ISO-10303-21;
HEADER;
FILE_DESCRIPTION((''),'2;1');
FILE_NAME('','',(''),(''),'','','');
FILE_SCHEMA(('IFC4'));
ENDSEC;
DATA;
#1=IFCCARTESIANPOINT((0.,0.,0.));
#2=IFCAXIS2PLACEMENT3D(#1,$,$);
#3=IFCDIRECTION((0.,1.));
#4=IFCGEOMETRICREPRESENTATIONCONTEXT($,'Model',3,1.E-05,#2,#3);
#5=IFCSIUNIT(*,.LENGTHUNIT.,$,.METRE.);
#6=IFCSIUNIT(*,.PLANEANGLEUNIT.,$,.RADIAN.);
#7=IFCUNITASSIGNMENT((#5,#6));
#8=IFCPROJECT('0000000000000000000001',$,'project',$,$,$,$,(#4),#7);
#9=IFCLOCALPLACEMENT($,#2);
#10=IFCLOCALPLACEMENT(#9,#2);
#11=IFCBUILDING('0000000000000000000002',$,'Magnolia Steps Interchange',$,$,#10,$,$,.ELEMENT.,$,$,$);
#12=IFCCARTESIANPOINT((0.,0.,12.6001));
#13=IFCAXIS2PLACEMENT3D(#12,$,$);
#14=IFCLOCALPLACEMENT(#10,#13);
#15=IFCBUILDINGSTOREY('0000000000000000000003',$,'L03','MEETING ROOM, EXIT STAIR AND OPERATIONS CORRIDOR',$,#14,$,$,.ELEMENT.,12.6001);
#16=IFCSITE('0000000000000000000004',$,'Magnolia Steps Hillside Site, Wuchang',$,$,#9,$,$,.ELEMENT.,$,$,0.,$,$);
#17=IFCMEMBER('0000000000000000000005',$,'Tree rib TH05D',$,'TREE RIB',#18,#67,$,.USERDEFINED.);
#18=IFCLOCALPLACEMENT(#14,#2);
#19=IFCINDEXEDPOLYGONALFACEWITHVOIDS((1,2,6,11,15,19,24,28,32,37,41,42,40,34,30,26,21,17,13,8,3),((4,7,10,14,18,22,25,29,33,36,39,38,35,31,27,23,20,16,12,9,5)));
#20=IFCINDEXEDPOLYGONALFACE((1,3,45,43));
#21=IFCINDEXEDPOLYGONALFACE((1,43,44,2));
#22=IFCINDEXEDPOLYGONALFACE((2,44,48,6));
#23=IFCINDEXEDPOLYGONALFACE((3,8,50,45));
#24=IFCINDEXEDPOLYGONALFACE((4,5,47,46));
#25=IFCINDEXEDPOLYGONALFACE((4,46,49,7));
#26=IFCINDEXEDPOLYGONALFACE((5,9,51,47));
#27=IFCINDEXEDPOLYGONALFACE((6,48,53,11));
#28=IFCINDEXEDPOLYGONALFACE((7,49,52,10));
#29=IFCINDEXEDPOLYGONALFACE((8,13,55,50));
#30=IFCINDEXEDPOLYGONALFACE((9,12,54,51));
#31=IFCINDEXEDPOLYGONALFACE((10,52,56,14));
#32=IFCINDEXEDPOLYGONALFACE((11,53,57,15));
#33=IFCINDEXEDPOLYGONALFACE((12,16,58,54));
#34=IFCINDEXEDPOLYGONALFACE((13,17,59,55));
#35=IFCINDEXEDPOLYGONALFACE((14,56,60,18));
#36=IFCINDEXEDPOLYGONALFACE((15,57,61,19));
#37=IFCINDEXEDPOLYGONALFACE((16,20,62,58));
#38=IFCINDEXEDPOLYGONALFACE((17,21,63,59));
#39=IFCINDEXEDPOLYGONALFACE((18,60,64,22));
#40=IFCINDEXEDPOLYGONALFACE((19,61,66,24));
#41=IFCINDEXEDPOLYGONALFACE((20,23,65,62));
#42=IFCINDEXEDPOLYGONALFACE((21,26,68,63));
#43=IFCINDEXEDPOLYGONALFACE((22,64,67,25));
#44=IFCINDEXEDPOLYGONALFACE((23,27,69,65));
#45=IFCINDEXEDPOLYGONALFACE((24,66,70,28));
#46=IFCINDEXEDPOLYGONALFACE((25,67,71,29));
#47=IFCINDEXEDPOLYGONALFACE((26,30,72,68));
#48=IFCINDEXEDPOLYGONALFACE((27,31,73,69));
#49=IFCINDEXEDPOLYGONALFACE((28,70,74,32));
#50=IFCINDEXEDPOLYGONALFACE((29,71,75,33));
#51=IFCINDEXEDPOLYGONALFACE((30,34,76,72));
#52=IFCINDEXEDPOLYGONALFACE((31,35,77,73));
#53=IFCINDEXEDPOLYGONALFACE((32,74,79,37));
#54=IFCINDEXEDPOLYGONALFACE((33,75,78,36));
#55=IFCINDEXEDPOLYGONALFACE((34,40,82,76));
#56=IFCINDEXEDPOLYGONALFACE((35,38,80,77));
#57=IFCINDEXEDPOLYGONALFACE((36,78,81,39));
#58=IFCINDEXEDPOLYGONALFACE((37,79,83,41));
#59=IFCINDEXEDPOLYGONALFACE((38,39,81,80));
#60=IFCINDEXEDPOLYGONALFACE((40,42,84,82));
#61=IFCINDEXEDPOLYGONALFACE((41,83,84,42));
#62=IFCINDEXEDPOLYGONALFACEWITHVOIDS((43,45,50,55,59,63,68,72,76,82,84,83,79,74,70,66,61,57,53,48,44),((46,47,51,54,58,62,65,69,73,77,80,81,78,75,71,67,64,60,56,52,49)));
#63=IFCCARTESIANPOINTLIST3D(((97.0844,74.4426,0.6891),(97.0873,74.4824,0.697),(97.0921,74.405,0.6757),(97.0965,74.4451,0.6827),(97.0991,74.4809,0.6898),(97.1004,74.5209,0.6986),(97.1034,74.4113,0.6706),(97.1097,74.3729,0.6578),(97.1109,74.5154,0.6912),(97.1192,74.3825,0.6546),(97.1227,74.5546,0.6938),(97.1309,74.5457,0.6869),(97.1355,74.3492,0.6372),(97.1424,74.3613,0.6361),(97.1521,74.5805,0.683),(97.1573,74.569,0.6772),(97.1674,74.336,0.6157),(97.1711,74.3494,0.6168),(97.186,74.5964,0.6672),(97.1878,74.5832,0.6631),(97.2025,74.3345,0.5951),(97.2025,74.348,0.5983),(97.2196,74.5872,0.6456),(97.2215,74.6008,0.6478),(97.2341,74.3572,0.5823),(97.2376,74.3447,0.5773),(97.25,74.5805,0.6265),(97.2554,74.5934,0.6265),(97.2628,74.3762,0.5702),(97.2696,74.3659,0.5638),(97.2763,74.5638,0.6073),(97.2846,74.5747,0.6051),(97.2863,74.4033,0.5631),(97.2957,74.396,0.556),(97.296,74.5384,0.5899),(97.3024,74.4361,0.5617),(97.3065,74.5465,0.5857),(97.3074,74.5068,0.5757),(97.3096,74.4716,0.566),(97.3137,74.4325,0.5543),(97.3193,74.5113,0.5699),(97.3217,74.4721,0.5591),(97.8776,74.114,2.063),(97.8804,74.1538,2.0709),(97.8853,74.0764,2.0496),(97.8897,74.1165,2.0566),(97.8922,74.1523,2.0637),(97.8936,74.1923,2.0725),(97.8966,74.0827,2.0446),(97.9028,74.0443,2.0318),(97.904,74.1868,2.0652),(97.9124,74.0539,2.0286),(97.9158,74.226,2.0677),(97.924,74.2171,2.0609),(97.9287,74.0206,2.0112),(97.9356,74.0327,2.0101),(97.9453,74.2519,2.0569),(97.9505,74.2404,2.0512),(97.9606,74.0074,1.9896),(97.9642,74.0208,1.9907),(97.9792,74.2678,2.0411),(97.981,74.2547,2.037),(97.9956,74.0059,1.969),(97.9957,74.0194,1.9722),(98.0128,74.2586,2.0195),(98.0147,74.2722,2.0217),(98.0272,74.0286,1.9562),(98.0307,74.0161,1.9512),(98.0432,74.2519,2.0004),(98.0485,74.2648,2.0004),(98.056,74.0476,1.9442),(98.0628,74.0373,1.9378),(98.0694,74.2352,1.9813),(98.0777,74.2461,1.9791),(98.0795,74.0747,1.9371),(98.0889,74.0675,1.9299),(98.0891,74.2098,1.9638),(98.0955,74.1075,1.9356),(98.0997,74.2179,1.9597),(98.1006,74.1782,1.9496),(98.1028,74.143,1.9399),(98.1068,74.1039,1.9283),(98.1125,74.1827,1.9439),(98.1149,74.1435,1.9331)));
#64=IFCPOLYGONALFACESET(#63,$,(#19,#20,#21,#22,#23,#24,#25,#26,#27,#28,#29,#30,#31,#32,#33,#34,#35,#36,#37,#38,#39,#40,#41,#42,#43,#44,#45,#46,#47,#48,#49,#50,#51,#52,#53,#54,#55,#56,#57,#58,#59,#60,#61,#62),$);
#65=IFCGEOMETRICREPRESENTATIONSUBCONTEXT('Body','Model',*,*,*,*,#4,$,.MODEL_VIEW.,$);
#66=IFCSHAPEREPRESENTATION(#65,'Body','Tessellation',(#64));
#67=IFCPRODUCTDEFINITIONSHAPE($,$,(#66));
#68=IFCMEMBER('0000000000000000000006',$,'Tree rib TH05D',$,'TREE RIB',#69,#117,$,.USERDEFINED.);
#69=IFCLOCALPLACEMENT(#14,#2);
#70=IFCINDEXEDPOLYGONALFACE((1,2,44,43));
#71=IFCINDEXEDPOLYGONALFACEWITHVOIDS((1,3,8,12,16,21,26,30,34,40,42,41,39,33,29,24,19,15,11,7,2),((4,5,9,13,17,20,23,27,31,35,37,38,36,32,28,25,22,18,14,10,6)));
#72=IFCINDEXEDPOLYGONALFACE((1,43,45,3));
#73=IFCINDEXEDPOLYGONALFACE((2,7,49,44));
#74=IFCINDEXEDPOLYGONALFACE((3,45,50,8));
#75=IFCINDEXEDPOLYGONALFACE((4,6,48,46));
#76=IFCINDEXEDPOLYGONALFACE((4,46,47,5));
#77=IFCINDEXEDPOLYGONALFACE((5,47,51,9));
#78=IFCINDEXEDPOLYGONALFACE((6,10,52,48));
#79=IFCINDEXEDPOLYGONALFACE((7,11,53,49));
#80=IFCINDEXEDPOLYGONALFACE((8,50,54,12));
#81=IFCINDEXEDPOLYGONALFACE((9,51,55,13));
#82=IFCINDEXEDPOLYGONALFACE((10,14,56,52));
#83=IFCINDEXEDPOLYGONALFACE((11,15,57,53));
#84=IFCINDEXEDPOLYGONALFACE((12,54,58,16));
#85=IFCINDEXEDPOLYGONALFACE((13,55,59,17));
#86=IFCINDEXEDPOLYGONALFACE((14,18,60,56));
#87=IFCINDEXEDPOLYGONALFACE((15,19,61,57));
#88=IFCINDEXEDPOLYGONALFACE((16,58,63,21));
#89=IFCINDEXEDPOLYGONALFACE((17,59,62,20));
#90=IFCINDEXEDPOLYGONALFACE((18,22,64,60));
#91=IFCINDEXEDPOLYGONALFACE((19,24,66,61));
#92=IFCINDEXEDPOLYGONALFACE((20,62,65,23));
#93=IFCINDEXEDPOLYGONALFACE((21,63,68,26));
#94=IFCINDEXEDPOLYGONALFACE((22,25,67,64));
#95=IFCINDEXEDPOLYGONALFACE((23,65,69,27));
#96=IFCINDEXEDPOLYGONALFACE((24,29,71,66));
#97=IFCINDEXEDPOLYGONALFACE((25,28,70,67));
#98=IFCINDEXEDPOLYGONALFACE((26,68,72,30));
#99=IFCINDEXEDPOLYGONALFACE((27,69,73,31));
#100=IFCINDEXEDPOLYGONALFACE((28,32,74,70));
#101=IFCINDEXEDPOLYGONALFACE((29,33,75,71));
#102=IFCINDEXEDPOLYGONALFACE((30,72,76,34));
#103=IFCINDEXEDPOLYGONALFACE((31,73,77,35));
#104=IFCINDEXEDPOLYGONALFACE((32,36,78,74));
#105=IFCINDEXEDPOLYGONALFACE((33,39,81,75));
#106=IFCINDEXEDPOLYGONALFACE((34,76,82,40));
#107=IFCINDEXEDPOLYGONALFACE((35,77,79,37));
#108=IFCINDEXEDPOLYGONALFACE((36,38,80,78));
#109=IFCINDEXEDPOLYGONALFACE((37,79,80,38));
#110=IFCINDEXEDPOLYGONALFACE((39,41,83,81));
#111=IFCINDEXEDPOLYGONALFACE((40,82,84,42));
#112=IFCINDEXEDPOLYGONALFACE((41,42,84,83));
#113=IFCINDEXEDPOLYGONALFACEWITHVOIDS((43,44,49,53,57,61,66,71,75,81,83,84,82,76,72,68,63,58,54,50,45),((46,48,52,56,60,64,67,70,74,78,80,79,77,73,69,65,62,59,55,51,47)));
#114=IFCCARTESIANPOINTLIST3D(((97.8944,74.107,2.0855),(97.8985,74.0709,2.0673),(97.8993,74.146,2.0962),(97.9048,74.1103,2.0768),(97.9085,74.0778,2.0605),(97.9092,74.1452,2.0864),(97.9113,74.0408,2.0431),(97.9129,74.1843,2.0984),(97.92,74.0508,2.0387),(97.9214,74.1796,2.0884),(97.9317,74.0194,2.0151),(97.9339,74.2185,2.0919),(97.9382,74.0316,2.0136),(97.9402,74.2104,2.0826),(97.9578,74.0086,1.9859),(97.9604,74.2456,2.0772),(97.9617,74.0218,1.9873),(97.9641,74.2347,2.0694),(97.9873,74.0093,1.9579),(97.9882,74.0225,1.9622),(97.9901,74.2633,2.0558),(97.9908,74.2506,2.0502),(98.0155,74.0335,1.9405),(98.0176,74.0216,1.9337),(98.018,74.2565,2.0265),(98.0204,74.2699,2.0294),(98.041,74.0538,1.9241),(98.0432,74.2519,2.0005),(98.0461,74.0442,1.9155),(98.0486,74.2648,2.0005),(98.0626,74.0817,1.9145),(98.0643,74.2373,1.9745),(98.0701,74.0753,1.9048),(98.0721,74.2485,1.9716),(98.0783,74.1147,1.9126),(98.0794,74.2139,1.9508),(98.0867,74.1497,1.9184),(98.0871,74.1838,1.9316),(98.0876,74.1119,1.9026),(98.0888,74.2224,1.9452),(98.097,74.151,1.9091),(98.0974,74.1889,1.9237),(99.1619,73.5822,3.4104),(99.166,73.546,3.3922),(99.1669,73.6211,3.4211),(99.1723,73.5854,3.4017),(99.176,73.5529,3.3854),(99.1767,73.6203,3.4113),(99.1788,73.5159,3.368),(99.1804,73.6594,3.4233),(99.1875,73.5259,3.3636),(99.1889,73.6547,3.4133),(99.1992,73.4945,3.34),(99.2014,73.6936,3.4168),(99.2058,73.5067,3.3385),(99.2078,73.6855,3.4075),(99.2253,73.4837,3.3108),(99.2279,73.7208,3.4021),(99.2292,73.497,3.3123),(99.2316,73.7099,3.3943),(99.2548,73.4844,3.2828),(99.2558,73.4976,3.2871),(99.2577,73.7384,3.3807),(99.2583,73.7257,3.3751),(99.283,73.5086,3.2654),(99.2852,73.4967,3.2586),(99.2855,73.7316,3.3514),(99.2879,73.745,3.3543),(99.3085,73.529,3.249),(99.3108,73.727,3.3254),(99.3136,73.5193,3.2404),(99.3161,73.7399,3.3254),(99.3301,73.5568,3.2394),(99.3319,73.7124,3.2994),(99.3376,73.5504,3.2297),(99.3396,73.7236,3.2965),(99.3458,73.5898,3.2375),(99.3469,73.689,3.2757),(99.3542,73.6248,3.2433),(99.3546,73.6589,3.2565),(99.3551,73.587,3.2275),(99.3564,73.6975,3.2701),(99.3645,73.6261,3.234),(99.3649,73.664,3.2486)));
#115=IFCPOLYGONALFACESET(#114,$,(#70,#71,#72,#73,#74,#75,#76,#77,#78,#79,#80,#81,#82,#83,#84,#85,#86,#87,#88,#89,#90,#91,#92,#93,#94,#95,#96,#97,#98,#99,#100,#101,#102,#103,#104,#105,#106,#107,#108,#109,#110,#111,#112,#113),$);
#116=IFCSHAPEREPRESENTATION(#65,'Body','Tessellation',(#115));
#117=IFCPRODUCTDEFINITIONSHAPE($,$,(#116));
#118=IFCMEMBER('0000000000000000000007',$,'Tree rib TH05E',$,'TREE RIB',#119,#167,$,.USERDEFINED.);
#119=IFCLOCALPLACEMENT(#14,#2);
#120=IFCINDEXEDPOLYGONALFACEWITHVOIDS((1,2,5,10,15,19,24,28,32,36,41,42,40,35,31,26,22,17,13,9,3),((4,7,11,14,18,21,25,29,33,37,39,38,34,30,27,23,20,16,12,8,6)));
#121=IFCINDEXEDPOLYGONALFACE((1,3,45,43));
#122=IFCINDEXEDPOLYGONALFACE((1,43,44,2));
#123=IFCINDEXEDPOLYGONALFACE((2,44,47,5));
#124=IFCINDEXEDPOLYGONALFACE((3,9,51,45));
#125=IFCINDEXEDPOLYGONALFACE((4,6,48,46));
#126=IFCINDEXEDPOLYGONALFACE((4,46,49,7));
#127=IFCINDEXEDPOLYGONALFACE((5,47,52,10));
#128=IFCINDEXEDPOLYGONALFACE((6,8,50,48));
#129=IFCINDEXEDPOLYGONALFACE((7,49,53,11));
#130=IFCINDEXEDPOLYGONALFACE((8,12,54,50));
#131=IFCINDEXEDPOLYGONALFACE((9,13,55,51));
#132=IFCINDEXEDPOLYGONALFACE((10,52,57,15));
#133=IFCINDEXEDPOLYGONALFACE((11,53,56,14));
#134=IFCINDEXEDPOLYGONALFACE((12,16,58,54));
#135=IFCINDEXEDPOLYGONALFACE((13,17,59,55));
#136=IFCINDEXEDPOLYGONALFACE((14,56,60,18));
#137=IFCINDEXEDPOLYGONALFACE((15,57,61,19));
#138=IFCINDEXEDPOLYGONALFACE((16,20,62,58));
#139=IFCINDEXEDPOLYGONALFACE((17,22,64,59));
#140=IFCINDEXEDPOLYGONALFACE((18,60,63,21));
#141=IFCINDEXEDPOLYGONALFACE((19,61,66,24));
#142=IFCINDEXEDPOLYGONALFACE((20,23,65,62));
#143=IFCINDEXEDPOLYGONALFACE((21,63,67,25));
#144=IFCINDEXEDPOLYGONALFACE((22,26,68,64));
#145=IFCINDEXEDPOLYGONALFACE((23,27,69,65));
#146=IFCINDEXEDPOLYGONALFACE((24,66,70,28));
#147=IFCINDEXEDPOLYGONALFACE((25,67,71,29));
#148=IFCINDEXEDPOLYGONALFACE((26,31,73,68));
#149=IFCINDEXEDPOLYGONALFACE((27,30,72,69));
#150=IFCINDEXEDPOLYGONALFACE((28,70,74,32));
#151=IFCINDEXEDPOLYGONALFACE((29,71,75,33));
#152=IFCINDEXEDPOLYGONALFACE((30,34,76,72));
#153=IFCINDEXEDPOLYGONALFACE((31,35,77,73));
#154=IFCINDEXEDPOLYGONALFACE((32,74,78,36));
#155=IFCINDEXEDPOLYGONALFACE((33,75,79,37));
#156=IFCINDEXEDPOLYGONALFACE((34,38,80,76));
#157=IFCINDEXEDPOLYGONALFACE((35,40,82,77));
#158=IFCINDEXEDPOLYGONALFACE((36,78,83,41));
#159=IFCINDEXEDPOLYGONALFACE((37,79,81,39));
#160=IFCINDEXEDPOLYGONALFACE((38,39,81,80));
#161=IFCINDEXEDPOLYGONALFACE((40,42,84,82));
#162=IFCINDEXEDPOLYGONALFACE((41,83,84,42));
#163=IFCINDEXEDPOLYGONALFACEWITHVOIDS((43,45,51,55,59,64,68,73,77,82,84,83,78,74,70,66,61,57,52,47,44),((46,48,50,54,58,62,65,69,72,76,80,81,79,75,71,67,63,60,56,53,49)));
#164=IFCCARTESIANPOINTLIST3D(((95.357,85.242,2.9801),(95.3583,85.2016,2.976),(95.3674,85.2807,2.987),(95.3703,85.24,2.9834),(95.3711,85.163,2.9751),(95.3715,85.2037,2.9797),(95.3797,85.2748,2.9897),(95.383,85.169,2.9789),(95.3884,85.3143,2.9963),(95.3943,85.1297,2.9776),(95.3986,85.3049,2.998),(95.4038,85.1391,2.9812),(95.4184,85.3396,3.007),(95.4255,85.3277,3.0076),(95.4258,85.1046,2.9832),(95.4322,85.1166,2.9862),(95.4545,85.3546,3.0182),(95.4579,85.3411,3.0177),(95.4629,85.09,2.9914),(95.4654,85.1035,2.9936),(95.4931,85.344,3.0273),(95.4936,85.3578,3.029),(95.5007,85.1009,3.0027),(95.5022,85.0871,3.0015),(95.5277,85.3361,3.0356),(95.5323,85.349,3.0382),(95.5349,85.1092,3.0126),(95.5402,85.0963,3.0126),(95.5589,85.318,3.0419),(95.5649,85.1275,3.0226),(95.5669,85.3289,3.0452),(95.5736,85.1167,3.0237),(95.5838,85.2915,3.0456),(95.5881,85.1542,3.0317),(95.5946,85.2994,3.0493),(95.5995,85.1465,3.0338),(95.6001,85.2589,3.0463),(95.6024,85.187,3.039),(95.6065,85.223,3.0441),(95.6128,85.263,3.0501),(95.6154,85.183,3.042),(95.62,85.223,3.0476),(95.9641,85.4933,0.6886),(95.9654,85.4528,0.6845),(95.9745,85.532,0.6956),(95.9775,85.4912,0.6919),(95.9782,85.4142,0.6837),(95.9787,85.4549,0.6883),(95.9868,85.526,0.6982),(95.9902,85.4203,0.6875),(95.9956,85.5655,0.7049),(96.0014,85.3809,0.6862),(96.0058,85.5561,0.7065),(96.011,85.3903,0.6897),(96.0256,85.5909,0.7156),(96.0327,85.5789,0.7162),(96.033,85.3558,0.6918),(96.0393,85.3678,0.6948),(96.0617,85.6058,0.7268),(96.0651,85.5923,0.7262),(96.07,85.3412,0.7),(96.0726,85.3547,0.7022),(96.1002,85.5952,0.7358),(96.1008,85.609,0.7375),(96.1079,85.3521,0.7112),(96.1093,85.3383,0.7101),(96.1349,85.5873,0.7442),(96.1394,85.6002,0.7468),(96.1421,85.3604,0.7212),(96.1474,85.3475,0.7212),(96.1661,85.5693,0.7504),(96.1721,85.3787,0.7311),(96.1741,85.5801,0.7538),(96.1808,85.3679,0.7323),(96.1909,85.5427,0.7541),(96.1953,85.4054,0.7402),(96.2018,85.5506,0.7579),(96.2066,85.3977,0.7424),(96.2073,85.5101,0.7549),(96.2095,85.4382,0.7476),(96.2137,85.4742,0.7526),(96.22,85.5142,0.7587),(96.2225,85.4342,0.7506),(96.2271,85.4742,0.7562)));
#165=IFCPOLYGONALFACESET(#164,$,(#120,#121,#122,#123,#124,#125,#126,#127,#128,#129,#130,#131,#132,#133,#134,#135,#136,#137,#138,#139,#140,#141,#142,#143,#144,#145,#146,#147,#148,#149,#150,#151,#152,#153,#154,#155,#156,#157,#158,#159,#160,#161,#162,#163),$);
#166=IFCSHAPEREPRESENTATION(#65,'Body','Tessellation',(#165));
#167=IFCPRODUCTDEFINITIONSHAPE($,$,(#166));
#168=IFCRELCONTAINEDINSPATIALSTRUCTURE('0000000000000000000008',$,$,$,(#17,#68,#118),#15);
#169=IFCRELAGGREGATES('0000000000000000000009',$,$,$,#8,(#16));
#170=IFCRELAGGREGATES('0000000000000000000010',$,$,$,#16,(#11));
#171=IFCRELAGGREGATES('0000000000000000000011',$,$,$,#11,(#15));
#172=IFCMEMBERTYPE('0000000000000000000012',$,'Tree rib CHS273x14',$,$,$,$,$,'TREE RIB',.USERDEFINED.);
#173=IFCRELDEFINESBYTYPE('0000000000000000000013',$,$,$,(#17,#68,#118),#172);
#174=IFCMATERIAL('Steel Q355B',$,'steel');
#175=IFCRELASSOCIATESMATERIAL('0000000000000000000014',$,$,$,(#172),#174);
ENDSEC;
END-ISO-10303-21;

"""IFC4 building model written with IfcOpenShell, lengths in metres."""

from ifc_helpers import new_model, si_unit, direction, frame, origin, origin_2d, place, context, subcontext, project, spatial, hollow_circle, extrude, material, material_profile, profile_set, type_object, element, save


model = new_model("IFC4")

# Units and contexts
model_context = context("Model", 3, precision=1e-05, world=origin(), true_north=direction((0.0, 1.0)))
body_context = subcontext(model_context, "Body", "Model", "MODEL_VIEW")
ifc_project = project(units=[si_unit("LENGTHUNIT", "METRE"), si_unit("PLANEANGLEUNIT", "RADIAN")], contexts=[model_context])

# Site, building, storey
site_placement = place(None, origin())
site = spatial("IfcSite", under=ifc_project, at=site_placement, Name="Magnolia Steps Hillside Site, Wuchang", CompositionType="ELEMENT", RefElevation=0.0)
building_placement = place(site_placement, origin())
building = spatial("IfcBuilding", under=site, at=building_placement, Name="Magnolia Steps Interchange", CompositionType="ELEMENT")
storey_placement = place(building_placement, frame((0.0, 0.0, 12.6001)))
storey = spatial("IfcBuildingStorey", under=building, at=storey_placement, Name="L03", Description="MEETING ROOM, EXIT STAIR AND OPERATIONS CORRIDOR", CompositionType="ELEMENT", Elevation=12.6001)

# Members
ifc_material_1 = material(Name="Steel Q355B", Category="steel")
ifc_material_profile_1 = material_profile(ifc_material_1, hollow_circle(Radius=0.1365, WallThickness=0.0139, at=origin_2d()), Name="CHS273x14")
ifc_profile_set_1 = profile_set([ifc_material_profile_1], Name="Steel Q355B")
member_type_1 = type_object("IfcMemberType", Name="Tree rib CHS273x14", ElementType="TREE RIB", PredefinedType="USERDEFINED", material=ifc_profile_set_1)
for number, where, z_axis, x_axis, name in (
    (1, (97.2031, 74.4673, 0.6265), (0.489571, -0.20282, 0.848047), (0.382737, 0.923857, 0.0), "Tree rib TH05D"),
):
    element("IfcMember", number, at=place(storey_placement, frame(where, z_axis=z_axis, x_axis=x_axis)), inside=storey, type_object=member_type_1, Name=name, ObjectType="TREE RIB", PredefinedType="USERDEFINED", context=body_context, shape_type="SweptSolid", body=[
        extrude(hollow_circle(Radius=0.1365, WallThickness=0.0139, at=origin_2d()), origin(), (0.0, 0.0, 1.0), 1.6201),
    ])
member_1_placement = place(storey_placement, frame((97.9963, 74.1387, 2.0005), z_axis=(0.664595, -0.275208, 0.694676), x_axis=(0.382593, 0.923917, 0.0)))
element("IfcMember", 2, at=member_1_placement, inside=storey, type_object=member_type_1, Name="Tree rib TH05D", ObjectType="TREE RIB", PredefinedType="USERDEFINED", context=body_context, shape_type="SweptSolid", body=[
    extrude(hollow_circle(Radius=0.1365, WallThickness=0.0139, at=origin_2d()), origin(), (0.0, 0.0, 1.0), 1.9072),
])
member_2_placement = place(storey_placement, frame((96.0952, 85.4736, 0.7212), z_axis=(-0.254704, -0.105384, 0.96126), x_axis=(0.382319, -0.92403, 0.0)))
element("IfcMember", 3, at=member_2_placement, inside=storey, type_object=member_type_1, Name="Tree rib TH05E", ObjectType="TREE RIB", PredefinedType="USERDEFINED", context=body_context, shape_type="SweptSolid", body=[
    extrude(hollow_circle(Radius=0.1365, WallThickness=0.0139, at=origin_2d()), origin(), (0.0, 0.0, 1.0), 2.3838),
])

save(model, "model.ifc")
